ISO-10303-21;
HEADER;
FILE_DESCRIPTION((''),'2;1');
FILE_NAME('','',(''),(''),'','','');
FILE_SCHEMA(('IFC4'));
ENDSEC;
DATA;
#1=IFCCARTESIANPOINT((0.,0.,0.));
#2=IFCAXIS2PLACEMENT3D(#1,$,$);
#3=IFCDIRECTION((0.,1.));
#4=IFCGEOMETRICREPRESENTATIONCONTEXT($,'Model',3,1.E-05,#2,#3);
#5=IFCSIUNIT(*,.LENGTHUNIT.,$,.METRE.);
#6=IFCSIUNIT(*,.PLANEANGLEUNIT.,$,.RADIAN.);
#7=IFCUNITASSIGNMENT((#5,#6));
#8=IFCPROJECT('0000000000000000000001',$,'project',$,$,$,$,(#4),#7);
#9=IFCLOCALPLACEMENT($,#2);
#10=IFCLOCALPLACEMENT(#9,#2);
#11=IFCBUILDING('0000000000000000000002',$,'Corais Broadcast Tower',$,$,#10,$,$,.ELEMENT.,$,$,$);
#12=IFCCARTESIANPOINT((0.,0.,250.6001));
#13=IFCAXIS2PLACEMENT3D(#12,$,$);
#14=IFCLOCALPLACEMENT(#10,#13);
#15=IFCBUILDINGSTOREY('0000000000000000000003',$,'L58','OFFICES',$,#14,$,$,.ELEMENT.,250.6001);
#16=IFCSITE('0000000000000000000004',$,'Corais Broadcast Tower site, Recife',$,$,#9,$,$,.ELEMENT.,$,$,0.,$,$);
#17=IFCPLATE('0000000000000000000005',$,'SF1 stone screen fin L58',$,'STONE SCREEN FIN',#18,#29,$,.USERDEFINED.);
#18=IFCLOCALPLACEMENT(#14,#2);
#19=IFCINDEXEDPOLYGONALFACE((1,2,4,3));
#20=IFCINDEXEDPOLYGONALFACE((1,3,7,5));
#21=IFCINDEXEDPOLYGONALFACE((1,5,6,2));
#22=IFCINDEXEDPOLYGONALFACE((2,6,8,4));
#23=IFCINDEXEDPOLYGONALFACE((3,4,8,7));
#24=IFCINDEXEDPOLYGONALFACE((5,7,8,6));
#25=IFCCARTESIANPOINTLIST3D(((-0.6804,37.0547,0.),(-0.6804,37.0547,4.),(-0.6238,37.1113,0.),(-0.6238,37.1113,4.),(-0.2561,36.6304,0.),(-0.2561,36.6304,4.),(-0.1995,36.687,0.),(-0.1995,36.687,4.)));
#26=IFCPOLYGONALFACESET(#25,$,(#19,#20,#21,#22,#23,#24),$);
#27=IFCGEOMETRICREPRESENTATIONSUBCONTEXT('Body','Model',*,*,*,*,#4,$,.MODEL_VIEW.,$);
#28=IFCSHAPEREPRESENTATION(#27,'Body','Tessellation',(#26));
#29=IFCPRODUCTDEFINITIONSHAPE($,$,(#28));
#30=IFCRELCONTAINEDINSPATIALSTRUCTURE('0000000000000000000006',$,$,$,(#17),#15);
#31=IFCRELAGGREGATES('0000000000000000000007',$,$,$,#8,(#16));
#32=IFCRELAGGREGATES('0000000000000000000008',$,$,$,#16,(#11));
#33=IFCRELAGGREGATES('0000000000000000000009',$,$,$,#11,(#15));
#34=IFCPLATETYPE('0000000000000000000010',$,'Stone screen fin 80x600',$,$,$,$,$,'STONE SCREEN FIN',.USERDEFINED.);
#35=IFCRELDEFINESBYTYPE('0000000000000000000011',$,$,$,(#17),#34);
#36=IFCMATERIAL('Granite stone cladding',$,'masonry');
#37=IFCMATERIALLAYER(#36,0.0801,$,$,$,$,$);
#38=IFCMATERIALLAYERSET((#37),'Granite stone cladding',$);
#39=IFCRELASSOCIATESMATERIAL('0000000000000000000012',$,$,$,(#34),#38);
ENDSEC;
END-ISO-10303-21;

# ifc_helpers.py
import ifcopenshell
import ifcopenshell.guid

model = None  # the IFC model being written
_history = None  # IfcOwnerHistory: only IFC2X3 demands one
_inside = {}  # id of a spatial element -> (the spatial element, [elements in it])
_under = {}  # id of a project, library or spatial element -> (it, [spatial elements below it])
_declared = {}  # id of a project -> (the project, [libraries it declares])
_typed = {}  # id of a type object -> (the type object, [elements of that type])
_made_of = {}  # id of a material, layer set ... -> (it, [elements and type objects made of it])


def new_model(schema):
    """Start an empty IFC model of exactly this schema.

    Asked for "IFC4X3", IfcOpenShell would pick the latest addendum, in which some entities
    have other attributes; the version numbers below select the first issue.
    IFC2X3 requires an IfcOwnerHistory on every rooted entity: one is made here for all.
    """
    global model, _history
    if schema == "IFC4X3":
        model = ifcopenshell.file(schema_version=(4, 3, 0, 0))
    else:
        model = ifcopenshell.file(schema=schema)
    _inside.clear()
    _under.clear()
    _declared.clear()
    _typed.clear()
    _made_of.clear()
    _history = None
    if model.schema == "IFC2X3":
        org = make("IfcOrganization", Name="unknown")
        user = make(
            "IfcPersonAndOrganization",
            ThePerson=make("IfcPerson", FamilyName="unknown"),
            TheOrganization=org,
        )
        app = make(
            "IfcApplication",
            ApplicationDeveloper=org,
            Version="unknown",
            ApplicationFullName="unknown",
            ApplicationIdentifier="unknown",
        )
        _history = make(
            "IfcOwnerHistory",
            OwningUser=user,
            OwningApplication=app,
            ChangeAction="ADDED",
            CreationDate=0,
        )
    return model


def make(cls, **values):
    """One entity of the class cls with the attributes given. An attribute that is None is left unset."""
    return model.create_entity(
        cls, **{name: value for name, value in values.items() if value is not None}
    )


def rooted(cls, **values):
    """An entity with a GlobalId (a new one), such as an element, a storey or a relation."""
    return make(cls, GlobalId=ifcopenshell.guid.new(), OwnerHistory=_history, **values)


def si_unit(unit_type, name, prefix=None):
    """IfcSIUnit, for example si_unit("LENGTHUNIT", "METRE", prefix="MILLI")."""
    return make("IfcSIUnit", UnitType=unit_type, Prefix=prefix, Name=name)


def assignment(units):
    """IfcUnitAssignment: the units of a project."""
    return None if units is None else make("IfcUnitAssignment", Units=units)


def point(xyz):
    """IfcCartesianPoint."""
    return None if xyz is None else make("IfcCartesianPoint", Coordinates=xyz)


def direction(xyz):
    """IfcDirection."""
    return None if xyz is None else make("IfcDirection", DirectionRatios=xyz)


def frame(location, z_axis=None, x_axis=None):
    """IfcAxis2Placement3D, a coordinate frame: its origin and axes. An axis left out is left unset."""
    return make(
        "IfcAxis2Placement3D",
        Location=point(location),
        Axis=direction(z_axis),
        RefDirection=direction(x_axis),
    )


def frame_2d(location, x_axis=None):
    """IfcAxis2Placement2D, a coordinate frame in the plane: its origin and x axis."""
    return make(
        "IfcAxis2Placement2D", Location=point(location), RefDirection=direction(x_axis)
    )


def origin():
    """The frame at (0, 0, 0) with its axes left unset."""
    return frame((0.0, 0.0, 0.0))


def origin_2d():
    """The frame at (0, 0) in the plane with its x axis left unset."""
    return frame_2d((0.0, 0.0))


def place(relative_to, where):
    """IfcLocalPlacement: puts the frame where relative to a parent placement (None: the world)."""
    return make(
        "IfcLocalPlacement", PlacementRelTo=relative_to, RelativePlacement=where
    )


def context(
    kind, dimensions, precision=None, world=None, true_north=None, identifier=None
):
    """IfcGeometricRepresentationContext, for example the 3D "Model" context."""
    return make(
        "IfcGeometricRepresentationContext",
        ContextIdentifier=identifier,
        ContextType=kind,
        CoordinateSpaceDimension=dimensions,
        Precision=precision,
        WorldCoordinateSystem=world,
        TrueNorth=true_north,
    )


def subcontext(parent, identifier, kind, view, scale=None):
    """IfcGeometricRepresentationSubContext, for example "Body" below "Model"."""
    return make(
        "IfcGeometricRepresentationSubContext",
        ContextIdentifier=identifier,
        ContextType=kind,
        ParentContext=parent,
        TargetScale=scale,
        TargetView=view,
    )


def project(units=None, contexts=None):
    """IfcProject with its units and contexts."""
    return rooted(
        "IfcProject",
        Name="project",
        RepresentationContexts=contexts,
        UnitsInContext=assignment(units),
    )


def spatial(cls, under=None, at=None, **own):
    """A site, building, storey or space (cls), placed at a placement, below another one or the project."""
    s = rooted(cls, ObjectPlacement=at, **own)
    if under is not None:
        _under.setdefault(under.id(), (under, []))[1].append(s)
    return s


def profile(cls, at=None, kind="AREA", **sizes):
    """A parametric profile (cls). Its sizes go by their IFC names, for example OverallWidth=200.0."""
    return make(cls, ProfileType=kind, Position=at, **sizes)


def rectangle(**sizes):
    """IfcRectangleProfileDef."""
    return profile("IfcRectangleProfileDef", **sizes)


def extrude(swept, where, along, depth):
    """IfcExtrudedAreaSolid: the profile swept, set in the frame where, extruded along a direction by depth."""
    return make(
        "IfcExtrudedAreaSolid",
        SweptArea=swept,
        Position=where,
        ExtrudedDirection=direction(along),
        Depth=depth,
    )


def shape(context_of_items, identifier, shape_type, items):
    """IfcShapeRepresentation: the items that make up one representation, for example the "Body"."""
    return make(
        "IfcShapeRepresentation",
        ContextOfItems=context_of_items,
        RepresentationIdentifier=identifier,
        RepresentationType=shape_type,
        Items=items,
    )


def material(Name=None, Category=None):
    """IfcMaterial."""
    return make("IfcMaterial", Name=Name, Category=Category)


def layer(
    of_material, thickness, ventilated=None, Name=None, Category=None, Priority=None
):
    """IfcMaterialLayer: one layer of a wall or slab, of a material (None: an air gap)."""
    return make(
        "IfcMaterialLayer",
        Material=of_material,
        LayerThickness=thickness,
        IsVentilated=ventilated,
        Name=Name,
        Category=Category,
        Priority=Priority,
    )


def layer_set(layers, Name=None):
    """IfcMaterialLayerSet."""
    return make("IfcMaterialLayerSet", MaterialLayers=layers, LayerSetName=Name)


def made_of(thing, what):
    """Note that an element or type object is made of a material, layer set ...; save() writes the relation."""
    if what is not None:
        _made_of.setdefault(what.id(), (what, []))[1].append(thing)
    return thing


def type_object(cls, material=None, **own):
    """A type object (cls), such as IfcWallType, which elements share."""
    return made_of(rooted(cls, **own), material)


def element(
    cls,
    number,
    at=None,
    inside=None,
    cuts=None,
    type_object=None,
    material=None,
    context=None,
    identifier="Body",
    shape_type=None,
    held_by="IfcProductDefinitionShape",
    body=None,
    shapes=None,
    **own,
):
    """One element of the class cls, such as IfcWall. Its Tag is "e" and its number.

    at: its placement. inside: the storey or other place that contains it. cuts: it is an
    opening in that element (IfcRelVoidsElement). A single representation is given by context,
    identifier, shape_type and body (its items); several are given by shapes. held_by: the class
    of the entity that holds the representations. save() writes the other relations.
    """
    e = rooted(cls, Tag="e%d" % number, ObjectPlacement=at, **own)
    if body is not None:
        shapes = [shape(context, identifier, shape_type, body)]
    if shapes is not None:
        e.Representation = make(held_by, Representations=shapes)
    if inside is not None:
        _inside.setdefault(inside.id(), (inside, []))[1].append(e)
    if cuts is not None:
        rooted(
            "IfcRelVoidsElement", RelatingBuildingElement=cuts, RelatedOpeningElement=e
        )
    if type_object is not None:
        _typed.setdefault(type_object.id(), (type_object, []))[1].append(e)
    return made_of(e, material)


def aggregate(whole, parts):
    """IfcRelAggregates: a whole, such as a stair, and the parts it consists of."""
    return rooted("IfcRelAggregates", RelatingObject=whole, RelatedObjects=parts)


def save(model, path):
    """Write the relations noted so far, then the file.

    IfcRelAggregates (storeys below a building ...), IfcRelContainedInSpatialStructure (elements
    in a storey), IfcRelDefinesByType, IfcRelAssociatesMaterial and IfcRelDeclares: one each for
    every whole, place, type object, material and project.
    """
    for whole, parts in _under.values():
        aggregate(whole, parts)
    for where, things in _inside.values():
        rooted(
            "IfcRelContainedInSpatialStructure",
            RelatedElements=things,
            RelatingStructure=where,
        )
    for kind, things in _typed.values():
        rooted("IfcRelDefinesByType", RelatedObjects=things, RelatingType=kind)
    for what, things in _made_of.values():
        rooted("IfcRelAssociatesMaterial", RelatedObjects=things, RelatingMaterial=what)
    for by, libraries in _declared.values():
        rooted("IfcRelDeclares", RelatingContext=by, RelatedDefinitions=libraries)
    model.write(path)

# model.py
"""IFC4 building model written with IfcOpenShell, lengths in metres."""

from ifc_helpers import new_model, si_unit, direction, frame, origin, origin_2d, place, context, subcontext, project, spatial, rectangle, extrude, material, layer, layer_set, type_object, element, save


model = new_model("IFC4")

# Units and contexts
model_context = context("Model", 3, precision=1e-05, world=origin(), true_north=direction((0.0, 1.0)))
body_context = subcontext(model_context, "Body", "Model", "MODEL_VIEW")
ifc_project = project(units=[si_unit("LENGTHUNIT", "METRE"), si_unit("PLANEANGLEUNIT", "RADIAN")], contexts=[model_context])

# Site, building, storey
site_placement = place(None, origin())
site = spatial("IfcSite", under=ifc_project, at=site_placement, Name="Corais Broadcast Tower site, Recife", CompositionType="ELEMENT", RefElevation=0.0)
building_placement = place(site_placement, origin())
building = spatial("IfcBuilding", under=site, at=building_placement, Name="Corais Broadcast Tower", CompositionType="ELEMENT")
storey_placement = place(building_placement, frame((0.0, 0.0, 250.6001)))
storey = spatial("IfcBuildingStorey", under=building, at=storey_placement, Name="L58", Description="OFFICES", CompositionType="ELEMENT", Elevation=250.6001)

# Plate
ifc_material_1 = material(Name="Granite stone cladding", Category="masonry")
ifc_layer_1 = layer(ifc_material_1, 0.0801)
ifc_layer_set_1 = layer_set([ifc_layer_1], Name="Granite stone cladding")
plate_type_1 = type_object("IfcPlateType", Name="Stone screen fin 80x600", ElementType="STONE SCREEN FIN", PredefinedType="USERDEFINED", material=ifc_layer_set_1)
plate_1_placement = place(storey_placement, frame((-0.4399, 36.8708, 0.0), z_axis=(0.0, 0.0, 1.0), x_axis=(0.707107, 0.707107, 0.0)))
element("IfcPlate", 1, at=plate_1_placement, inside=storey, type_object=plate_type_1, Name="SF1 stone screen fin L58", ObjectType="STONE SCREEN FIN", PredefinedType="USERDEFINED", context=body_context, shape_type="SweptSolid", body=[
    extrude(rectangle(XDim=0.0801, YDim=0.6001, at=origin_2d()), origin(), (0.0, 0.0, 1.0), 4.0),
])

save(model, "model.ifc")
